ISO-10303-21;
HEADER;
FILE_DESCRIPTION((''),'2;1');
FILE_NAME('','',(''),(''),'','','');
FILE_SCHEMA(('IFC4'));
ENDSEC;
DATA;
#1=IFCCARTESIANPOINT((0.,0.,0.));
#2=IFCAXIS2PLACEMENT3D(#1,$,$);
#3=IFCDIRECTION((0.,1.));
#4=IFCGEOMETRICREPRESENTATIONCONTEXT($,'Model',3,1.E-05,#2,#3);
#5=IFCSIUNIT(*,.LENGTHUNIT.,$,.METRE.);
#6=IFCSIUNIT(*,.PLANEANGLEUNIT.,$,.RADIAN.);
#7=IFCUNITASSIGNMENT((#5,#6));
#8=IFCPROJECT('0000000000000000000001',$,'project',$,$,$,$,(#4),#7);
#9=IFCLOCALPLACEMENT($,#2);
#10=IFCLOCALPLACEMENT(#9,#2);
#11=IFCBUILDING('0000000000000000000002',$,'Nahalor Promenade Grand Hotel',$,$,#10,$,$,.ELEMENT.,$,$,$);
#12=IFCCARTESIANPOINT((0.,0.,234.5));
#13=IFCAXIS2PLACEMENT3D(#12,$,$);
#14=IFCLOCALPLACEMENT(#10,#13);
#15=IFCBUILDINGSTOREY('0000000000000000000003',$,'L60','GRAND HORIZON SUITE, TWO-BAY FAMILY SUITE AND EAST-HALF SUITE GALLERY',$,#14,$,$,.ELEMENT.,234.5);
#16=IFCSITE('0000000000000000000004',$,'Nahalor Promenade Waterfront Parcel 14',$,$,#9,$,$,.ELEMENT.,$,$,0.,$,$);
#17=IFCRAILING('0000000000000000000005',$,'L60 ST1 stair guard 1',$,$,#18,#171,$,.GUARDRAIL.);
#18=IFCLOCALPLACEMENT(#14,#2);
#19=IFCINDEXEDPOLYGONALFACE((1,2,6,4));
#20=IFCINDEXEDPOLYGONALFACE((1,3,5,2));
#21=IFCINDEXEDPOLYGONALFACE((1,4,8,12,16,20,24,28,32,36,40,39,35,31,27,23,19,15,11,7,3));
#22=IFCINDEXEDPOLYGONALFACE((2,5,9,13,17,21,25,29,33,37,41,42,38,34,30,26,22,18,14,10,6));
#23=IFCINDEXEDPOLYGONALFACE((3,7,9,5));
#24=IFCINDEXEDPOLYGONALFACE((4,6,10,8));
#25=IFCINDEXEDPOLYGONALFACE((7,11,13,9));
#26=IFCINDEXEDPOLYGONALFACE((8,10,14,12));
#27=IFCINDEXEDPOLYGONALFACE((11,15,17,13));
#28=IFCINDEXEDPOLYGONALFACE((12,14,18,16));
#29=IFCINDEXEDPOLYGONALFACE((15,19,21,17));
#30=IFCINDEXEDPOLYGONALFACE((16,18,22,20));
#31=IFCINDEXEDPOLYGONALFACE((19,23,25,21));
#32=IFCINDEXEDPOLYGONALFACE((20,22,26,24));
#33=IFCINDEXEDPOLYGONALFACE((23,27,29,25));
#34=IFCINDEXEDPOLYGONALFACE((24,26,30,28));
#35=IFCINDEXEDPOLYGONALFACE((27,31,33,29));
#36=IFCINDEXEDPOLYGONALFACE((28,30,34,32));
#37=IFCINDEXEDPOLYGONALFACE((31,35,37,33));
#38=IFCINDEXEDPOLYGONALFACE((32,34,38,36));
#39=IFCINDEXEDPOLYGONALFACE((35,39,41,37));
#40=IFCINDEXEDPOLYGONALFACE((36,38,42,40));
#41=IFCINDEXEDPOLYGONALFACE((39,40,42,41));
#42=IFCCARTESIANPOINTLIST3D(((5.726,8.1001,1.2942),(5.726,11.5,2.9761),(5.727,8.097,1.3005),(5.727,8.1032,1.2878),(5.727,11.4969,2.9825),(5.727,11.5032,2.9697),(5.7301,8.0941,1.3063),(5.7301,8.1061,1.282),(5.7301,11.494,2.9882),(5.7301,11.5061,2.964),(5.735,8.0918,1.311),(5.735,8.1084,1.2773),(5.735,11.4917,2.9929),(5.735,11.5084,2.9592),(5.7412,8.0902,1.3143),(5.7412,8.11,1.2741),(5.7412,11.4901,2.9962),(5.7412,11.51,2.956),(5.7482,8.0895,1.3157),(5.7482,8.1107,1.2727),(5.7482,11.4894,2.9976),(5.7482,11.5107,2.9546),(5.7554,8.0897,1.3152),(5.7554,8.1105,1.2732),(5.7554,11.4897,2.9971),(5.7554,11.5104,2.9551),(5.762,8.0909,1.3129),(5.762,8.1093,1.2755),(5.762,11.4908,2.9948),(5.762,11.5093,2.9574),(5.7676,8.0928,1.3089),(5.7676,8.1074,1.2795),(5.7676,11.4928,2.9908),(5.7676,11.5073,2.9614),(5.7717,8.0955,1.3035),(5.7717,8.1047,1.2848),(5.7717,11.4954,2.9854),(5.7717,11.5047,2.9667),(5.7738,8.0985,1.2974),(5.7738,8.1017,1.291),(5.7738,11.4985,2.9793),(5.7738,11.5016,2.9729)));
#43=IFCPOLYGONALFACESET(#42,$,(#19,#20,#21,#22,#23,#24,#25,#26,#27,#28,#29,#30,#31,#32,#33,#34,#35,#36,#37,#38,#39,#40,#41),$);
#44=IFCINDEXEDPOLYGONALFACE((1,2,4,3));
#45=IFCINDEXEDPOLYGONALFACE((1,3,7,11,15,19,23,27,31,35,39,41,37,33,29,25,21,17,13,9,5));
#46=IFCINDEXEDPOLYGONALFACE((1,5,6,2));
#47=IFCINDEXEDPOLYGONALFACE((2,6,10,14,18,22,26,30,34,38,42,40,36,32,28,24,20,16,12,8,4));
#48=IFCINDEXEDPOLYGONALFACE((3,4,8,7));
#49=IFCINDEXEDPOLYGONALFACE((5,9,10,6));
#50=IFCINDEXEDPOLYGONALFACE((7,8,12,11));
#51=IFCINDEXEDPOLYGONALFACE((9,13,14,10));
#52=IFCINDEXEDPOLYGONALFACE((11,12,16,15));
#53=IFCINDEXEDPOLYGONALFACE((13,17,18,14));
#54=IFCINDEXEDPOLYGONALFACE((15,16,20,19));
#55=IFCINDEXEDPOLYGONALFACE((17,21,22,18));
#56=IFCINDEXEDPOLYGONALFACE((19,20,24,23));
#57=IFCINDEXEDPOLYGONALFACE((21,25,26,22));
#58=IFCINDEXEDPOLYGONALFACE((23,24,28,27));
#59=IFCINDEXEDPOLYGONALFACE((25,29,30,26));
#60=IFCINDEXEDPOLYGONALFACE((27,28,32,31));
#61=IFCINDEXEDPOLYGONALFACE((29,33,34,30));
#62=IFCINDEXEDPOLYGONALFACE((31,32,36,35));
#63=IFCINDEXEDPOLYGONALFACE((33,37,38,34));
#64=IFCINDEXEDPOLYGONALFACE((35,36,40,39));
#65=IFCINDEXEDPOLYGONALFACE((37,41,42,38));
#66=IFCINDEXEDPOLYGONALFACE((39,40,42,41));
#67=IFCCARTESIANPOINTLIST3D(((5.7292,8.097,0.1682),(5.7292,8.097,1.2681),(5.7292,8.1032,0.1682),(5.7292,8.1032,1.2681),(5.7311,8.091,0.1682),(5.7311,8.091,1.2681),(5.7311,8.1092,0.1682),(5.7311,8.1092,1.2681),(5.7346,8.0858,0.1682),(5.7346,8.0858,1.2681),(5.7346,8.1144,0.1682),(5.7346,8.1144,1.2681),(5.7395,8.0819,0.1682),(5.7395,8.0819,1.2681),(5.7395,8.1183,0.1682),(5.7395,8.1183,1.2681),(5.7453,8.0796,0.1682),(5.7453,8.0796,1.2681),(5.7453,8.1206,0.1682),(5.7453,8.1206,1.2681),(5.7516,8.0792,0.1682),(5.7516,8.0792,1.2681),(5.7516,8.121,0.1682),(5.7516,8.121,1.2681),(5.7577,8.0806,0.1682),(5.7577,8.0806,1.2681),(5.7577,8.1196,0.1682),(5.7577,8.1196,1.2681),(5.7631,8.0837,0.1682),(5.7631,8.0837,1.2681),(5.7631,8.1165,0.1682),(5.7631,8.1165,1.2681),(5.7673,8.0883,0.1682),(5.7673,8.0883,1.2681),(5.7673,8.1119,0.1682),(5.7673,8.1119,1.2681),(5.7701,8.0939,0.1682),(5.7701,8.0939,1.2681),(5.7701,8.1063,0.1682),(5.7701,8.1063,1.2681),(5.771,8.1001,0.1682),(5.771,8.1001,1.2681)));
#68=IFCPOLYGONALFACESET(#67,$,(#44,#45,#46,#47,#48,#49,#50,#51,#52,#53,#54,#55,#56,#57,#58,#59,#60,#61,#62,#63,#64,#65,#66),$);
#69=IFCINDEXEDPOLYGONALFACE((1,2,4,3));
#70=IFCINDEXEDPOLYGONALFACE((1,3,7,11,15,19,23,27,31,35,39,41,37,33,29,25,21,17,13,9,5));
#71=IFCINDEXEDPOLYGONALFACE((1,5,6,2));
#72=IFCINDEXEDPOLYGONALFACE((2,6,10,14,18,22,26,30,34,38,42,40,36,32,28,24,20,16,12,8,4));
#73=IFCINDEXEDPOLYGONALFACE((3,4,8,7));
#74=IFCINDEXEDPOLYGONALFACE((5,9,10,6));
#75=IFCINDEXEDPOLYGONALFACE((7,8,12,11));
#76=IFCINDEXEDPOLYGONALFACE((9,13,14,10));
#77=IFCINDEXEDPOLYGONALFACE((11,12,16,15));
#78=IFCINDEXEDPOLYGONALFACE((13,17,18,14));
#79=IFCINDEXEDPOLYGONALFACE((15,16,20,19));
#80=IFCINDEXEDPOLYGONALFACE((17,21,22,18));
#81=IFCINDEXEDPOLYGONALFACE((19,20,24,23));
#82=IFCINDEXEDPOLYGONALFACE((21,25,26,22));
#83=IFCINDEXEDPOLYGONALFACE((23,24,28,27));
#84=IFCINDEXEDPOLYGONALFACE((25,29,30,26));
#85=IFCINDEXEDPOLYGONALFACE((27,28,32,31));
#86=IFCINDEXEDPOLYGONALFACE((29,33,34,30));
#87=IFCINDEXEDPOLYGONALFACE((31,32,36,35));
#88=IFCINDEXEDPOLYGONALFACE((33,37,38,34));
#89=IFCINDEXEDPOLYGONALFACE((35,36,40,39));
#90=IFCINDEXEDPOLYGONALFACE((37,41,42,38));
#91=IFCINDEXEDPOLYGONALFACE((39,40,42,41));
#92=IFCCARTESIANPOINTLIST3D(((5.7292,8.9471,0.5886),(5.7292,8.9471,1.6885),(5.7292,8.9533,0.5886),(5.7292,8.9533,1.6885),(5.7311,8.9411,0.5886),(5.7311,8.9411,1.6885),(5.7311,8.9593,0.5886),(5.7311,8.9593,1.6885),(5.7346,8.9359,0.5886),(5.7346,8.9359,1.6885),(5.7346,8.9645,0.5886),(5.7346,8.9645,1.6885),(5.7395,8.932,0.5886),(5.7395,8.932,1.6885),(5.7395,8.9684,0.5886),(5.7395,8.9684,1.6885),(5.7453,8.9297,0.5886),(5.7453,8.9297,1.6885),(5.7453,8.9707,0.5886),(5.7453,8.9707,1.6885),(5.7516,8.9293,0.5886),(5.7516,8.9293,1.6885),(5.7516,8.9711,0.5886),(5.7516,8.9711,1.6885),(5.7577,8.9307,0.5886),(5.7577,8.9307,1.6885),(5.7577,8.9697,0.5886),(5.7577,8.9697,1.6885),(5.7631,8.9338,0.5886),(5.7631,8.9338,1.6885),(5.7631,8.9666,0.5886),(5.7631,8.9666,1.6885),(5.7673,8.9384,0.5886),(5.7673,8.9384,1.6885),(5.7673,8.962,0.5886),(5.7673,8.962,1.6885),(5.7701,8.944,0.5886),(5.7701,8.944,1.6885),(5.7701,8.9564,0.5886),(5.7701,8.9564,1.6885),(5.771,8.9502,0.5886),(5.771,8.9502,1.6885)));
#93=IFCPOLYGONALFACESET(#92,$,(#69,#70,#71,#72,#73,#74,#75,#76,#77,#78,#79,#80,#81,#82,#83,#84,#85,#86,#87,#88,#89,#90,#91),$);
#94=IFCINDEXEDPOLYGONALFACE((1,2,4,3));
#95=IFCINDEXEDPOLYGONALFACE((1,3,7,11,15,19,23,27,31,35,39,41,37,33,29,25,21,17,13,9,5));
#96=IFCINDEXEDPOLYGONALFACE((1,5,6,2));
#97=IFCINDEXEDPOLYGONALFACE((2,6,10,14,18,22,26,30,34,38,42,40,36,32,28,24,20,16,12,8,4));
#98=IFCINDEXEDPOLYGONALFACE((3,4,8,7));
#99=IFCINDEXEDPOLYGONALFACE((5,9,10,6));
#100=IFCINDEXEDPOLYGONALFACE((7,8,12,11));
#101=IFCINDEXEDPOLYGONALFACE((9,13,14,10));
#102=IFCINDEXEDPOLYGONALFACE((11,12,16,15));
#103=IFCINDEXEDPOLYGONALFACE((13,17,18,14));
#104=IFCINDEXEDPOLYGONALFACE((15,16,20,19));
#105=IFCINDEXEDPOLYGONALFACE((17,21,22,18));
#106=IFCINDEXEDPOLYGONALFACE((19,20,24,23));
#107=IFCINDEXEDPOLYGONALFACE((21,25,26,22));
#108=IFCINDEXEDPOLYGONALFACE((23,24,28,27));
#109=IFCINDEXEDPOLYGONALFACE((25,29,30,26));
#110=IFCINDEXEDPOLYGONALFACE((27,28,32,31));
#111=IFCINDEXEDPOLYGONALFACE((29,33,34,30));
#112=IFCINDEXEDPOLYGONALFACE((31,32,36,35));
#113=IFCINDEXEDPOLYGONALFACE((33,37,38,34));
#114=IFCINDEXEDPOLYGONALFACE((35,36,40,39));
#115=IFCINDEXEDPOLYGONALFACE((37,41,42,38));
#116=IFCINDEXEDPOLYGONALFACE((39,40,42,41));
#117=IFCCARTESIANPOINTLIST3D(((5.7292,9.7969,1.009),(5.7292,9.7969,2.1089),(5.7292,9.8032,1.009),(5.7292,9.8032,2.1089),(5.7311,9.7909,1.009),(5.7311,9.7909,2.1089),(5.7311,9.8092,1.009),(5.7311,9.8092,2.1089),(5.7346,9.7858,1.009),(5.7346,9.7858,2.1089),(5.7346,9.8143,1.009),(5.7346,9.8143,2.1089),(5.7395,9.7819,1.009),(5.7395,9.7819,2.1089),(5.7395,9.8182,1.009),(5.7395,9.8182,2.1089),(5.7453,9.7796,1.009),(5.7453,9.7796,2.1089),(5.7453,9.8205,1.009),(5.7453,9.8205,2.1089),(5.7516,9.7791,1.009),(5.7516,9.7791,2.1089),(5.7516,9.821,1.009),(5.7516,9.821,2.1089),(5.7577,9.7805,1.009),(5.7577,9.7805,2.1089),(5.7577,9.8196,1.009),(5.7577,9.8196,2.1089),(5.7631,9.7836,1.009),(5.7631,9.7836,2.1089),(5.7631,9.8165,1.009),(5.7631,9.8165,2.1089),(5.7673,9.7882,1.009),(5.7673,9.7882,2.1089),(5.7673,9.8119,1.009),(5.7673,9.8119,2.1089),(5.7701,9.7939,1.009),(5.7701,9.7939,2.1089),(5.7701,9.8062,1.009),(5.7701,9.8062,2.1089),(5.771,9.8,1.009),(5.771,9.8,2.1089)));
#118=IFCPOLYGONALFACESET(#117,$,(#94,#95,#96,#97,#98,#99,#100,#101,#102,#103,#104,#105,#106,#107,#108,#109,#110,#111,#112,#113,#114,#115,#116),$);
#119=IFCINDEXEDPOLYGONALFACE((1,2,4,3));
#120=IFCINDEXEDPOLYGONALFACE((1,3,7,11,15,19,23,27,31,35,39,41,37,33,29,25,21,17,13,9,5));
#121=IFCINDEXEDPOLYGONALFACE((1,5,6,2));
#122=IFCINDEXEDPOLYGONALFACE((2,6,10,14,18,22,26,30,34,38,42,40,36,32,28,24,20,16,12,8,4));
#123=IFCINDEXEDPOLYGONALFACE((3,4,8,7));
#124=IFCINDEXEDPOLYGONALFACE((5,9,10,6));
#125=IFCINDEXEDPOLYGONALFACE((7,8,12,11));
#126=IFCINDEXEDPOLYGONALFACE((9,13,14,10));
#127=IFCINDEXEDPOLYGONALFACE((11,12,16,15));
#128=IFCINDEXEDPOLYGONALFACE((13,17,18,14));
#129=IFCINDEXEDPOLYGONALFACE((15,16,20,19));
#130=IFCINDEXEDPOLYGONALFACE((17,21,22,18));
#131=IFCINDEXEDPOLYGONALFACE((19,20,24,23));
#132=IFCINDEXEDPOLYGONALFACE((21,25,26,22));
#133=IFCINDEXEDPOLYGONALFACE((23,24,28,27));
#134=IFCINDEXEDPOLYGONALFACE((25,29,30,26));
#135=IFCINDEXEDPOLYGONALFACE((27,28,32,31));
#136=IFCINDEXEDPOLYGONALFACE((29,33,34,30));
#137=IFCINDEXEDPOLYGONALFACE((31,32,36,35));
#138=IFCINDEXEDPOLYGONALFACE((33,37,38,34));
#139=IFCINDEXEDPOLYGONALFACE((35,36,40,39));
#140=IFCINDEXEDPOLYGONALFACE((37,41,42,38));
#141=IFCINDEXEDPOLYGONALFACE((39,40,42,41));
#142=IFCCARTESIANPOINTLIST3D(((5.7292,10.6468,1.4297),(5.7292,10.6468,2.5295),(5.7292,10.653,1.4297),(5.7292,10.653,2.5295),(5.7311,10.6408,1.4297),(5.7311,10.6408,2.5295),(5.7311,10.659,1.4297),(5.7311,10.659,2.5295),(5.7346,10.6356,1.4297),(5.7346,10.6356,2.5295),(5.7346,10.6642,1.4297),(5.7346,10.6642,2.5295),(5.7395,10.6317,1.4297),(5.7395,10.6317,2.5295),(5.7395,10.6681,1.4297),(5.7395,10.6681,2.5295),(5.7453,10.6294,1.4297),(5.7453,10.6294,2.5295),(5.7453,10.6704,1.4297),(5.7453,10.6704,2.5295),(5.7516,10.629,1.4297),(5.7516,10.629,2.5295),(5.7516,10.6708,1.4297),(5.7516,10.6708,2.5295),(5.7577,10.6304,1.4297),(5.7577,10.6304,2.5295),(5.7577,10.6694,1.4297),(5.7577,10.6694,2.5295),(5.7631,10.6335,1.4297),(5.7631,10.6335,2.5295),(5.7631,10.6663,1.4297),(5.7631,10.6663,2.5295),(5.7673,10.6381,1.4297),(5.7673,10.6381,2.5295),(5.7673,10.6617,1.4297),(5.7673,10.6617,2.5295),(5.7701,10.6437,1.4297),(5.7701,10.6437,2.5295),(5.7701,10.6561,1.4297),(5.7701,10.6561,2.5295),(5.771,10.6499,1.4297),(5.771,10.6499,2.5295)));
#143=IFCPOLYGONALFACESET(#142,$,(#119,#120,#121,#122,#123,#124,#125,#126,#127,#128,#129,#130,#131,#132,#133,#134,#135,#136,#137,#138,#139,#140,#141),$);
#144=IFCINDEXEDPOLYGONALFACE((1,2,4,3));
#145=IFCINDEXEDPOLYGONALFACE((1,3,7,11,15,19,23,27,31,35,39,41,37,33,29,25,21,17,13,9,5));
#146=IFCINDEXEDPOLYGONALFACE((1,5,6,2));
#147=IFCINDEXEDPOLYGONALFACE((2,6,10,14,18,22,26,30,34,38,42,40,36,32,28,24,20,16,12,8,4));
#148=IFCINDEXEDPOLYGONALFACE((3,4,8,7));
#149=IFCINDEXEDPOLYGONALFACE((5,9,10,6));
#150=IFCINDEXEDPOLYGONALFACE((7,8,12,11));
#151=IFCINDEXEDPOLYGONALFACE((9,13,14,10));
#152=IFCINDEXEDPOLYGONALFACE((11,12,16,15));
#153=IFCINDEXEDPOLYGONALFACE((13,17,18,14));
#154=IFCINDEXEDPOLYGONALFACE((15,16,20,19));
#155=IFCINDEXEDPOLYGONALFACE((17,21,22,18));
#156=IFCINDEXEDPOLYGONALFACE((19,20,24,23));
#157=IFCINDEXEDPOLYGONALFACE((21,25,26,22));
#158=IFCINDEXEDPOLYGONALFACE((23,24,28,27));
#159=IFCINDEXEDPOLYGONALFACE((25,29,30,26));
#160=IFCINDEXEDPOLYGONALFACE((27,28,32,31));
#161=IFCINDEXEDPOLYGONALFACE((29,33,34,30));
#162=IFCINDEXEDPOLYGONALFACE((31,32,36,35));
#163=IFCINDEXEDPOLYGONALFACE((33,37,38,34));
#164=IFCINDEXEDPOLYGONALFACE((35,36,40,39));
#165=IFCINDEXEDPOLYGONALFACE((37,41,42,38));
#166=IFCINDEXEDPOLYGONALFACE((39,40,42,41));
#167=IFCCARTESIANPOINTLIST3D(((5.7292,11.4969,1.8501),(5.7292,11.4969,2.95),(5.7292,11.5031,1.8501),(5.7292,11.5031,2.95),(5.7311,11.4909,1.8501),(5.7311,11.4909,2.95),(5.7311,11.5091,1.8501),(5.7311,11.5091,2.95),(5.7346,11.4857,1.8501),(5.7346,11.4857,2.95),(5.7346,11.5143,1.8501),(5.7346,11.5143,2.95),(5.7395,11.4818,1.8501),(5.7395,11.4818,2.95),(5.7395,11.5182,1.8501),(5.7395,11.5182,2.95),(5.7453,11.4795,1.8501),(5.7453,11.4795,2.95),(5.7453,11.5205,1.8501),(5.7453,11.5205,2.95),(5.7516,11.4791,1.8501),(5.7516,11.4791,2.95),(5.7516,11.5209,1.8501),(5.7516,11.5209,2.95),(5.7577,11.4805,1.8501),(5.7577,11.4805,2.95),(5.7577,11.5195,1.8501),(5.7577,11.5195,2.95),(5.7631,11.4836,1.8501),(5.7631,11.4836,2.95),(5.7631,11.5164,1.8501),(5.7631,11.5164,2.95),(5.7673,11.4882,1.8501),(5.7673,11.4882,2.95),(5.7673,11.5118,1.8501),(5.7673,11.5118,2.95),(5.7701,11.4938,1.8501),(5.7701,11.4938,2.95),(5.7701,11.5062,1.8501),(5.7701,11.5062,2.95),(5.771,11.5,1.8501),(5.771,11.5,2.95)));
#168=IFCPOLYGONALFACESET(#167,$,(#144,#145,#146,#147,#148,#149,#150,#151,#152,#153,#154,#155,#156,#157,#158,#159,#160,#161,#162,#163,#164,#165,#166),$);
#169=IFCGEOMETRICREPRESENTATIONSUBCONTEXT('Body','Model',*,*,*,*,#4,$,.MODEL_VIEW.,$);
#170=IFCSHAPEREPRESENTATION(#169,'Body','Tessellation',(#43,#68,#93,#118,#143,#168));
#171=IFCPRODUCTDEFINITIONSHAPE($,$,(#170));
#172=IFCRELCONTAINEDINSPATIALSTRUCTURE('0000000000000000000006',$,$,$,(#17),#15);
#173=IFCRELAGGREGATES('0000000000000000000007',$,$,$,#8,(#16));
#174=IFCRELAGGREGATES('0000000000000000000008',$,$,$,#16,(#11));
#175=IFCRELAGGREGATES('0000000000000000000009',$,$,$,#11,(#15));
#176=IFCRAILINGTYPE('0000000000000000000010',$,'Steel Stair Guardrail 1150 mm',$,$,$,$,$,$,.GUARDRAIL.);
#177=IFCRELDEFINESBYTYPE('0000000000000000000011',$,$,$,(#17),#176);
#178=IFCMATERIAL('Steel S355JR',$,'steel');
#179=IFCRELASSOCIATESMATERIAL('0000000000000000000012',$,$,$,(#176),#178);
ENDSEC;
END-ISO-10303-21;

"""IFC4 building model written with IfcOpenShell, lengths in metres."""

from ifc_helpers import new_model, si_unit, direction, frame, origin, origin_2d, place, context, subcontext, project, spatial, circle, extrude, material, type_object, element, save


model = new_model("IFC4")

# Units and contexts
model_context = context("Model", 3, precision=1e-05, world=origin(), true_north=direction((0.0, 1.0)))
body_context = subcontext(model_context, "Body", "Model", "MODEL_VIEW")
ifc_project = project(units=[si_unit("LENGTHUNIT", "METRE"), si_unit("PLANEANGLEUNIT", "RADIAN")], contexts=[model_context])

# Site, building, storey
site_placement = place(None, origin())
site = spatial("IfcSite", under=ifc_project, at=site_placement, Name="Nahalor Promenade Waterfront Parcel 14", CompositionType="ELEMENT", RefElevation=0.0)
building_placement = place(site_placement, origin())
building = spatial("IfcBuilding", under=site, at=building_placement, Name="Nahalor Promenade Grand Hotel", CompositionType="ELEMENT")
storey_placement = place(building_placement, frame((0.0, 0.0, 234.5)))
storey = spatial("IfcBuildingStorey", under=building, at=storey_placement, Name="L60", Description="GRAND HORIZON SUITE, TWO-BAY FAMILY SUITE AND EAST-HALF SUITE GALLERY", CompositionType="ELEMENT", Elevation=234.5)

# Shared definitions
ifc_material_1 = material(Name="Steel S355JR", Category="steel")

# Railing
railing_type_1 = type_object("IfcRailingType", Name="Steel Stair Guardrail 1150 mm", PredefinedType="GUARDRAIL", material=ifc_material_1)
railing_1_placement = place(storey_placement, frame((5.75, 8.1001, 0.1682)))
element("IfcRailing", 1, at=railing_1_placement, inside=storey, type_object=railing_type_1, Name="L60 ST1 stair guard 1", PredefinedType="GUARDRAIL", context=body_context, shape_type="SweptSolid", body=[
    extrude(circle(Radius=0.024, at=origin_2d()), frame((0.0, 0.0, 1.126), z_axis=(0.0, 0.896324, 0.443399), x_axis=(-1.0, 0.0, 0.0)), (0.0, 0.0, 1.0), 3.7932),
    extrude(circle(Radius=0.021, at=origin_2d()), origin(), (0.0, 0.0, 1.0), 1.0999),
    extrude(circle(Radius=0.021, at=origin_2d()), frame((0.0, 0.8501, 0.4204)), (0.0, 0.0, 1.0), 1.0999),
    extrude(circle(Radius=0.021, at=origin_2d()), frame((0.0, 1.7, 0.8408)), (0.0, 0.0, 1.0), 1.0999),
    extrude(circle(Radius=0.021, at=origin_2d()), frame((0.0, 2.5498, 1.2615)), (0.0, 0.0, 1.0), 1.0999),
    extrude(circle(Radius=0.021, at=origin_2d()), frame((0.0, 3.3999, 1.6819)), (0.0, 0.0, 1.0), 1.0999),
])

save(model, "model.ifc")
